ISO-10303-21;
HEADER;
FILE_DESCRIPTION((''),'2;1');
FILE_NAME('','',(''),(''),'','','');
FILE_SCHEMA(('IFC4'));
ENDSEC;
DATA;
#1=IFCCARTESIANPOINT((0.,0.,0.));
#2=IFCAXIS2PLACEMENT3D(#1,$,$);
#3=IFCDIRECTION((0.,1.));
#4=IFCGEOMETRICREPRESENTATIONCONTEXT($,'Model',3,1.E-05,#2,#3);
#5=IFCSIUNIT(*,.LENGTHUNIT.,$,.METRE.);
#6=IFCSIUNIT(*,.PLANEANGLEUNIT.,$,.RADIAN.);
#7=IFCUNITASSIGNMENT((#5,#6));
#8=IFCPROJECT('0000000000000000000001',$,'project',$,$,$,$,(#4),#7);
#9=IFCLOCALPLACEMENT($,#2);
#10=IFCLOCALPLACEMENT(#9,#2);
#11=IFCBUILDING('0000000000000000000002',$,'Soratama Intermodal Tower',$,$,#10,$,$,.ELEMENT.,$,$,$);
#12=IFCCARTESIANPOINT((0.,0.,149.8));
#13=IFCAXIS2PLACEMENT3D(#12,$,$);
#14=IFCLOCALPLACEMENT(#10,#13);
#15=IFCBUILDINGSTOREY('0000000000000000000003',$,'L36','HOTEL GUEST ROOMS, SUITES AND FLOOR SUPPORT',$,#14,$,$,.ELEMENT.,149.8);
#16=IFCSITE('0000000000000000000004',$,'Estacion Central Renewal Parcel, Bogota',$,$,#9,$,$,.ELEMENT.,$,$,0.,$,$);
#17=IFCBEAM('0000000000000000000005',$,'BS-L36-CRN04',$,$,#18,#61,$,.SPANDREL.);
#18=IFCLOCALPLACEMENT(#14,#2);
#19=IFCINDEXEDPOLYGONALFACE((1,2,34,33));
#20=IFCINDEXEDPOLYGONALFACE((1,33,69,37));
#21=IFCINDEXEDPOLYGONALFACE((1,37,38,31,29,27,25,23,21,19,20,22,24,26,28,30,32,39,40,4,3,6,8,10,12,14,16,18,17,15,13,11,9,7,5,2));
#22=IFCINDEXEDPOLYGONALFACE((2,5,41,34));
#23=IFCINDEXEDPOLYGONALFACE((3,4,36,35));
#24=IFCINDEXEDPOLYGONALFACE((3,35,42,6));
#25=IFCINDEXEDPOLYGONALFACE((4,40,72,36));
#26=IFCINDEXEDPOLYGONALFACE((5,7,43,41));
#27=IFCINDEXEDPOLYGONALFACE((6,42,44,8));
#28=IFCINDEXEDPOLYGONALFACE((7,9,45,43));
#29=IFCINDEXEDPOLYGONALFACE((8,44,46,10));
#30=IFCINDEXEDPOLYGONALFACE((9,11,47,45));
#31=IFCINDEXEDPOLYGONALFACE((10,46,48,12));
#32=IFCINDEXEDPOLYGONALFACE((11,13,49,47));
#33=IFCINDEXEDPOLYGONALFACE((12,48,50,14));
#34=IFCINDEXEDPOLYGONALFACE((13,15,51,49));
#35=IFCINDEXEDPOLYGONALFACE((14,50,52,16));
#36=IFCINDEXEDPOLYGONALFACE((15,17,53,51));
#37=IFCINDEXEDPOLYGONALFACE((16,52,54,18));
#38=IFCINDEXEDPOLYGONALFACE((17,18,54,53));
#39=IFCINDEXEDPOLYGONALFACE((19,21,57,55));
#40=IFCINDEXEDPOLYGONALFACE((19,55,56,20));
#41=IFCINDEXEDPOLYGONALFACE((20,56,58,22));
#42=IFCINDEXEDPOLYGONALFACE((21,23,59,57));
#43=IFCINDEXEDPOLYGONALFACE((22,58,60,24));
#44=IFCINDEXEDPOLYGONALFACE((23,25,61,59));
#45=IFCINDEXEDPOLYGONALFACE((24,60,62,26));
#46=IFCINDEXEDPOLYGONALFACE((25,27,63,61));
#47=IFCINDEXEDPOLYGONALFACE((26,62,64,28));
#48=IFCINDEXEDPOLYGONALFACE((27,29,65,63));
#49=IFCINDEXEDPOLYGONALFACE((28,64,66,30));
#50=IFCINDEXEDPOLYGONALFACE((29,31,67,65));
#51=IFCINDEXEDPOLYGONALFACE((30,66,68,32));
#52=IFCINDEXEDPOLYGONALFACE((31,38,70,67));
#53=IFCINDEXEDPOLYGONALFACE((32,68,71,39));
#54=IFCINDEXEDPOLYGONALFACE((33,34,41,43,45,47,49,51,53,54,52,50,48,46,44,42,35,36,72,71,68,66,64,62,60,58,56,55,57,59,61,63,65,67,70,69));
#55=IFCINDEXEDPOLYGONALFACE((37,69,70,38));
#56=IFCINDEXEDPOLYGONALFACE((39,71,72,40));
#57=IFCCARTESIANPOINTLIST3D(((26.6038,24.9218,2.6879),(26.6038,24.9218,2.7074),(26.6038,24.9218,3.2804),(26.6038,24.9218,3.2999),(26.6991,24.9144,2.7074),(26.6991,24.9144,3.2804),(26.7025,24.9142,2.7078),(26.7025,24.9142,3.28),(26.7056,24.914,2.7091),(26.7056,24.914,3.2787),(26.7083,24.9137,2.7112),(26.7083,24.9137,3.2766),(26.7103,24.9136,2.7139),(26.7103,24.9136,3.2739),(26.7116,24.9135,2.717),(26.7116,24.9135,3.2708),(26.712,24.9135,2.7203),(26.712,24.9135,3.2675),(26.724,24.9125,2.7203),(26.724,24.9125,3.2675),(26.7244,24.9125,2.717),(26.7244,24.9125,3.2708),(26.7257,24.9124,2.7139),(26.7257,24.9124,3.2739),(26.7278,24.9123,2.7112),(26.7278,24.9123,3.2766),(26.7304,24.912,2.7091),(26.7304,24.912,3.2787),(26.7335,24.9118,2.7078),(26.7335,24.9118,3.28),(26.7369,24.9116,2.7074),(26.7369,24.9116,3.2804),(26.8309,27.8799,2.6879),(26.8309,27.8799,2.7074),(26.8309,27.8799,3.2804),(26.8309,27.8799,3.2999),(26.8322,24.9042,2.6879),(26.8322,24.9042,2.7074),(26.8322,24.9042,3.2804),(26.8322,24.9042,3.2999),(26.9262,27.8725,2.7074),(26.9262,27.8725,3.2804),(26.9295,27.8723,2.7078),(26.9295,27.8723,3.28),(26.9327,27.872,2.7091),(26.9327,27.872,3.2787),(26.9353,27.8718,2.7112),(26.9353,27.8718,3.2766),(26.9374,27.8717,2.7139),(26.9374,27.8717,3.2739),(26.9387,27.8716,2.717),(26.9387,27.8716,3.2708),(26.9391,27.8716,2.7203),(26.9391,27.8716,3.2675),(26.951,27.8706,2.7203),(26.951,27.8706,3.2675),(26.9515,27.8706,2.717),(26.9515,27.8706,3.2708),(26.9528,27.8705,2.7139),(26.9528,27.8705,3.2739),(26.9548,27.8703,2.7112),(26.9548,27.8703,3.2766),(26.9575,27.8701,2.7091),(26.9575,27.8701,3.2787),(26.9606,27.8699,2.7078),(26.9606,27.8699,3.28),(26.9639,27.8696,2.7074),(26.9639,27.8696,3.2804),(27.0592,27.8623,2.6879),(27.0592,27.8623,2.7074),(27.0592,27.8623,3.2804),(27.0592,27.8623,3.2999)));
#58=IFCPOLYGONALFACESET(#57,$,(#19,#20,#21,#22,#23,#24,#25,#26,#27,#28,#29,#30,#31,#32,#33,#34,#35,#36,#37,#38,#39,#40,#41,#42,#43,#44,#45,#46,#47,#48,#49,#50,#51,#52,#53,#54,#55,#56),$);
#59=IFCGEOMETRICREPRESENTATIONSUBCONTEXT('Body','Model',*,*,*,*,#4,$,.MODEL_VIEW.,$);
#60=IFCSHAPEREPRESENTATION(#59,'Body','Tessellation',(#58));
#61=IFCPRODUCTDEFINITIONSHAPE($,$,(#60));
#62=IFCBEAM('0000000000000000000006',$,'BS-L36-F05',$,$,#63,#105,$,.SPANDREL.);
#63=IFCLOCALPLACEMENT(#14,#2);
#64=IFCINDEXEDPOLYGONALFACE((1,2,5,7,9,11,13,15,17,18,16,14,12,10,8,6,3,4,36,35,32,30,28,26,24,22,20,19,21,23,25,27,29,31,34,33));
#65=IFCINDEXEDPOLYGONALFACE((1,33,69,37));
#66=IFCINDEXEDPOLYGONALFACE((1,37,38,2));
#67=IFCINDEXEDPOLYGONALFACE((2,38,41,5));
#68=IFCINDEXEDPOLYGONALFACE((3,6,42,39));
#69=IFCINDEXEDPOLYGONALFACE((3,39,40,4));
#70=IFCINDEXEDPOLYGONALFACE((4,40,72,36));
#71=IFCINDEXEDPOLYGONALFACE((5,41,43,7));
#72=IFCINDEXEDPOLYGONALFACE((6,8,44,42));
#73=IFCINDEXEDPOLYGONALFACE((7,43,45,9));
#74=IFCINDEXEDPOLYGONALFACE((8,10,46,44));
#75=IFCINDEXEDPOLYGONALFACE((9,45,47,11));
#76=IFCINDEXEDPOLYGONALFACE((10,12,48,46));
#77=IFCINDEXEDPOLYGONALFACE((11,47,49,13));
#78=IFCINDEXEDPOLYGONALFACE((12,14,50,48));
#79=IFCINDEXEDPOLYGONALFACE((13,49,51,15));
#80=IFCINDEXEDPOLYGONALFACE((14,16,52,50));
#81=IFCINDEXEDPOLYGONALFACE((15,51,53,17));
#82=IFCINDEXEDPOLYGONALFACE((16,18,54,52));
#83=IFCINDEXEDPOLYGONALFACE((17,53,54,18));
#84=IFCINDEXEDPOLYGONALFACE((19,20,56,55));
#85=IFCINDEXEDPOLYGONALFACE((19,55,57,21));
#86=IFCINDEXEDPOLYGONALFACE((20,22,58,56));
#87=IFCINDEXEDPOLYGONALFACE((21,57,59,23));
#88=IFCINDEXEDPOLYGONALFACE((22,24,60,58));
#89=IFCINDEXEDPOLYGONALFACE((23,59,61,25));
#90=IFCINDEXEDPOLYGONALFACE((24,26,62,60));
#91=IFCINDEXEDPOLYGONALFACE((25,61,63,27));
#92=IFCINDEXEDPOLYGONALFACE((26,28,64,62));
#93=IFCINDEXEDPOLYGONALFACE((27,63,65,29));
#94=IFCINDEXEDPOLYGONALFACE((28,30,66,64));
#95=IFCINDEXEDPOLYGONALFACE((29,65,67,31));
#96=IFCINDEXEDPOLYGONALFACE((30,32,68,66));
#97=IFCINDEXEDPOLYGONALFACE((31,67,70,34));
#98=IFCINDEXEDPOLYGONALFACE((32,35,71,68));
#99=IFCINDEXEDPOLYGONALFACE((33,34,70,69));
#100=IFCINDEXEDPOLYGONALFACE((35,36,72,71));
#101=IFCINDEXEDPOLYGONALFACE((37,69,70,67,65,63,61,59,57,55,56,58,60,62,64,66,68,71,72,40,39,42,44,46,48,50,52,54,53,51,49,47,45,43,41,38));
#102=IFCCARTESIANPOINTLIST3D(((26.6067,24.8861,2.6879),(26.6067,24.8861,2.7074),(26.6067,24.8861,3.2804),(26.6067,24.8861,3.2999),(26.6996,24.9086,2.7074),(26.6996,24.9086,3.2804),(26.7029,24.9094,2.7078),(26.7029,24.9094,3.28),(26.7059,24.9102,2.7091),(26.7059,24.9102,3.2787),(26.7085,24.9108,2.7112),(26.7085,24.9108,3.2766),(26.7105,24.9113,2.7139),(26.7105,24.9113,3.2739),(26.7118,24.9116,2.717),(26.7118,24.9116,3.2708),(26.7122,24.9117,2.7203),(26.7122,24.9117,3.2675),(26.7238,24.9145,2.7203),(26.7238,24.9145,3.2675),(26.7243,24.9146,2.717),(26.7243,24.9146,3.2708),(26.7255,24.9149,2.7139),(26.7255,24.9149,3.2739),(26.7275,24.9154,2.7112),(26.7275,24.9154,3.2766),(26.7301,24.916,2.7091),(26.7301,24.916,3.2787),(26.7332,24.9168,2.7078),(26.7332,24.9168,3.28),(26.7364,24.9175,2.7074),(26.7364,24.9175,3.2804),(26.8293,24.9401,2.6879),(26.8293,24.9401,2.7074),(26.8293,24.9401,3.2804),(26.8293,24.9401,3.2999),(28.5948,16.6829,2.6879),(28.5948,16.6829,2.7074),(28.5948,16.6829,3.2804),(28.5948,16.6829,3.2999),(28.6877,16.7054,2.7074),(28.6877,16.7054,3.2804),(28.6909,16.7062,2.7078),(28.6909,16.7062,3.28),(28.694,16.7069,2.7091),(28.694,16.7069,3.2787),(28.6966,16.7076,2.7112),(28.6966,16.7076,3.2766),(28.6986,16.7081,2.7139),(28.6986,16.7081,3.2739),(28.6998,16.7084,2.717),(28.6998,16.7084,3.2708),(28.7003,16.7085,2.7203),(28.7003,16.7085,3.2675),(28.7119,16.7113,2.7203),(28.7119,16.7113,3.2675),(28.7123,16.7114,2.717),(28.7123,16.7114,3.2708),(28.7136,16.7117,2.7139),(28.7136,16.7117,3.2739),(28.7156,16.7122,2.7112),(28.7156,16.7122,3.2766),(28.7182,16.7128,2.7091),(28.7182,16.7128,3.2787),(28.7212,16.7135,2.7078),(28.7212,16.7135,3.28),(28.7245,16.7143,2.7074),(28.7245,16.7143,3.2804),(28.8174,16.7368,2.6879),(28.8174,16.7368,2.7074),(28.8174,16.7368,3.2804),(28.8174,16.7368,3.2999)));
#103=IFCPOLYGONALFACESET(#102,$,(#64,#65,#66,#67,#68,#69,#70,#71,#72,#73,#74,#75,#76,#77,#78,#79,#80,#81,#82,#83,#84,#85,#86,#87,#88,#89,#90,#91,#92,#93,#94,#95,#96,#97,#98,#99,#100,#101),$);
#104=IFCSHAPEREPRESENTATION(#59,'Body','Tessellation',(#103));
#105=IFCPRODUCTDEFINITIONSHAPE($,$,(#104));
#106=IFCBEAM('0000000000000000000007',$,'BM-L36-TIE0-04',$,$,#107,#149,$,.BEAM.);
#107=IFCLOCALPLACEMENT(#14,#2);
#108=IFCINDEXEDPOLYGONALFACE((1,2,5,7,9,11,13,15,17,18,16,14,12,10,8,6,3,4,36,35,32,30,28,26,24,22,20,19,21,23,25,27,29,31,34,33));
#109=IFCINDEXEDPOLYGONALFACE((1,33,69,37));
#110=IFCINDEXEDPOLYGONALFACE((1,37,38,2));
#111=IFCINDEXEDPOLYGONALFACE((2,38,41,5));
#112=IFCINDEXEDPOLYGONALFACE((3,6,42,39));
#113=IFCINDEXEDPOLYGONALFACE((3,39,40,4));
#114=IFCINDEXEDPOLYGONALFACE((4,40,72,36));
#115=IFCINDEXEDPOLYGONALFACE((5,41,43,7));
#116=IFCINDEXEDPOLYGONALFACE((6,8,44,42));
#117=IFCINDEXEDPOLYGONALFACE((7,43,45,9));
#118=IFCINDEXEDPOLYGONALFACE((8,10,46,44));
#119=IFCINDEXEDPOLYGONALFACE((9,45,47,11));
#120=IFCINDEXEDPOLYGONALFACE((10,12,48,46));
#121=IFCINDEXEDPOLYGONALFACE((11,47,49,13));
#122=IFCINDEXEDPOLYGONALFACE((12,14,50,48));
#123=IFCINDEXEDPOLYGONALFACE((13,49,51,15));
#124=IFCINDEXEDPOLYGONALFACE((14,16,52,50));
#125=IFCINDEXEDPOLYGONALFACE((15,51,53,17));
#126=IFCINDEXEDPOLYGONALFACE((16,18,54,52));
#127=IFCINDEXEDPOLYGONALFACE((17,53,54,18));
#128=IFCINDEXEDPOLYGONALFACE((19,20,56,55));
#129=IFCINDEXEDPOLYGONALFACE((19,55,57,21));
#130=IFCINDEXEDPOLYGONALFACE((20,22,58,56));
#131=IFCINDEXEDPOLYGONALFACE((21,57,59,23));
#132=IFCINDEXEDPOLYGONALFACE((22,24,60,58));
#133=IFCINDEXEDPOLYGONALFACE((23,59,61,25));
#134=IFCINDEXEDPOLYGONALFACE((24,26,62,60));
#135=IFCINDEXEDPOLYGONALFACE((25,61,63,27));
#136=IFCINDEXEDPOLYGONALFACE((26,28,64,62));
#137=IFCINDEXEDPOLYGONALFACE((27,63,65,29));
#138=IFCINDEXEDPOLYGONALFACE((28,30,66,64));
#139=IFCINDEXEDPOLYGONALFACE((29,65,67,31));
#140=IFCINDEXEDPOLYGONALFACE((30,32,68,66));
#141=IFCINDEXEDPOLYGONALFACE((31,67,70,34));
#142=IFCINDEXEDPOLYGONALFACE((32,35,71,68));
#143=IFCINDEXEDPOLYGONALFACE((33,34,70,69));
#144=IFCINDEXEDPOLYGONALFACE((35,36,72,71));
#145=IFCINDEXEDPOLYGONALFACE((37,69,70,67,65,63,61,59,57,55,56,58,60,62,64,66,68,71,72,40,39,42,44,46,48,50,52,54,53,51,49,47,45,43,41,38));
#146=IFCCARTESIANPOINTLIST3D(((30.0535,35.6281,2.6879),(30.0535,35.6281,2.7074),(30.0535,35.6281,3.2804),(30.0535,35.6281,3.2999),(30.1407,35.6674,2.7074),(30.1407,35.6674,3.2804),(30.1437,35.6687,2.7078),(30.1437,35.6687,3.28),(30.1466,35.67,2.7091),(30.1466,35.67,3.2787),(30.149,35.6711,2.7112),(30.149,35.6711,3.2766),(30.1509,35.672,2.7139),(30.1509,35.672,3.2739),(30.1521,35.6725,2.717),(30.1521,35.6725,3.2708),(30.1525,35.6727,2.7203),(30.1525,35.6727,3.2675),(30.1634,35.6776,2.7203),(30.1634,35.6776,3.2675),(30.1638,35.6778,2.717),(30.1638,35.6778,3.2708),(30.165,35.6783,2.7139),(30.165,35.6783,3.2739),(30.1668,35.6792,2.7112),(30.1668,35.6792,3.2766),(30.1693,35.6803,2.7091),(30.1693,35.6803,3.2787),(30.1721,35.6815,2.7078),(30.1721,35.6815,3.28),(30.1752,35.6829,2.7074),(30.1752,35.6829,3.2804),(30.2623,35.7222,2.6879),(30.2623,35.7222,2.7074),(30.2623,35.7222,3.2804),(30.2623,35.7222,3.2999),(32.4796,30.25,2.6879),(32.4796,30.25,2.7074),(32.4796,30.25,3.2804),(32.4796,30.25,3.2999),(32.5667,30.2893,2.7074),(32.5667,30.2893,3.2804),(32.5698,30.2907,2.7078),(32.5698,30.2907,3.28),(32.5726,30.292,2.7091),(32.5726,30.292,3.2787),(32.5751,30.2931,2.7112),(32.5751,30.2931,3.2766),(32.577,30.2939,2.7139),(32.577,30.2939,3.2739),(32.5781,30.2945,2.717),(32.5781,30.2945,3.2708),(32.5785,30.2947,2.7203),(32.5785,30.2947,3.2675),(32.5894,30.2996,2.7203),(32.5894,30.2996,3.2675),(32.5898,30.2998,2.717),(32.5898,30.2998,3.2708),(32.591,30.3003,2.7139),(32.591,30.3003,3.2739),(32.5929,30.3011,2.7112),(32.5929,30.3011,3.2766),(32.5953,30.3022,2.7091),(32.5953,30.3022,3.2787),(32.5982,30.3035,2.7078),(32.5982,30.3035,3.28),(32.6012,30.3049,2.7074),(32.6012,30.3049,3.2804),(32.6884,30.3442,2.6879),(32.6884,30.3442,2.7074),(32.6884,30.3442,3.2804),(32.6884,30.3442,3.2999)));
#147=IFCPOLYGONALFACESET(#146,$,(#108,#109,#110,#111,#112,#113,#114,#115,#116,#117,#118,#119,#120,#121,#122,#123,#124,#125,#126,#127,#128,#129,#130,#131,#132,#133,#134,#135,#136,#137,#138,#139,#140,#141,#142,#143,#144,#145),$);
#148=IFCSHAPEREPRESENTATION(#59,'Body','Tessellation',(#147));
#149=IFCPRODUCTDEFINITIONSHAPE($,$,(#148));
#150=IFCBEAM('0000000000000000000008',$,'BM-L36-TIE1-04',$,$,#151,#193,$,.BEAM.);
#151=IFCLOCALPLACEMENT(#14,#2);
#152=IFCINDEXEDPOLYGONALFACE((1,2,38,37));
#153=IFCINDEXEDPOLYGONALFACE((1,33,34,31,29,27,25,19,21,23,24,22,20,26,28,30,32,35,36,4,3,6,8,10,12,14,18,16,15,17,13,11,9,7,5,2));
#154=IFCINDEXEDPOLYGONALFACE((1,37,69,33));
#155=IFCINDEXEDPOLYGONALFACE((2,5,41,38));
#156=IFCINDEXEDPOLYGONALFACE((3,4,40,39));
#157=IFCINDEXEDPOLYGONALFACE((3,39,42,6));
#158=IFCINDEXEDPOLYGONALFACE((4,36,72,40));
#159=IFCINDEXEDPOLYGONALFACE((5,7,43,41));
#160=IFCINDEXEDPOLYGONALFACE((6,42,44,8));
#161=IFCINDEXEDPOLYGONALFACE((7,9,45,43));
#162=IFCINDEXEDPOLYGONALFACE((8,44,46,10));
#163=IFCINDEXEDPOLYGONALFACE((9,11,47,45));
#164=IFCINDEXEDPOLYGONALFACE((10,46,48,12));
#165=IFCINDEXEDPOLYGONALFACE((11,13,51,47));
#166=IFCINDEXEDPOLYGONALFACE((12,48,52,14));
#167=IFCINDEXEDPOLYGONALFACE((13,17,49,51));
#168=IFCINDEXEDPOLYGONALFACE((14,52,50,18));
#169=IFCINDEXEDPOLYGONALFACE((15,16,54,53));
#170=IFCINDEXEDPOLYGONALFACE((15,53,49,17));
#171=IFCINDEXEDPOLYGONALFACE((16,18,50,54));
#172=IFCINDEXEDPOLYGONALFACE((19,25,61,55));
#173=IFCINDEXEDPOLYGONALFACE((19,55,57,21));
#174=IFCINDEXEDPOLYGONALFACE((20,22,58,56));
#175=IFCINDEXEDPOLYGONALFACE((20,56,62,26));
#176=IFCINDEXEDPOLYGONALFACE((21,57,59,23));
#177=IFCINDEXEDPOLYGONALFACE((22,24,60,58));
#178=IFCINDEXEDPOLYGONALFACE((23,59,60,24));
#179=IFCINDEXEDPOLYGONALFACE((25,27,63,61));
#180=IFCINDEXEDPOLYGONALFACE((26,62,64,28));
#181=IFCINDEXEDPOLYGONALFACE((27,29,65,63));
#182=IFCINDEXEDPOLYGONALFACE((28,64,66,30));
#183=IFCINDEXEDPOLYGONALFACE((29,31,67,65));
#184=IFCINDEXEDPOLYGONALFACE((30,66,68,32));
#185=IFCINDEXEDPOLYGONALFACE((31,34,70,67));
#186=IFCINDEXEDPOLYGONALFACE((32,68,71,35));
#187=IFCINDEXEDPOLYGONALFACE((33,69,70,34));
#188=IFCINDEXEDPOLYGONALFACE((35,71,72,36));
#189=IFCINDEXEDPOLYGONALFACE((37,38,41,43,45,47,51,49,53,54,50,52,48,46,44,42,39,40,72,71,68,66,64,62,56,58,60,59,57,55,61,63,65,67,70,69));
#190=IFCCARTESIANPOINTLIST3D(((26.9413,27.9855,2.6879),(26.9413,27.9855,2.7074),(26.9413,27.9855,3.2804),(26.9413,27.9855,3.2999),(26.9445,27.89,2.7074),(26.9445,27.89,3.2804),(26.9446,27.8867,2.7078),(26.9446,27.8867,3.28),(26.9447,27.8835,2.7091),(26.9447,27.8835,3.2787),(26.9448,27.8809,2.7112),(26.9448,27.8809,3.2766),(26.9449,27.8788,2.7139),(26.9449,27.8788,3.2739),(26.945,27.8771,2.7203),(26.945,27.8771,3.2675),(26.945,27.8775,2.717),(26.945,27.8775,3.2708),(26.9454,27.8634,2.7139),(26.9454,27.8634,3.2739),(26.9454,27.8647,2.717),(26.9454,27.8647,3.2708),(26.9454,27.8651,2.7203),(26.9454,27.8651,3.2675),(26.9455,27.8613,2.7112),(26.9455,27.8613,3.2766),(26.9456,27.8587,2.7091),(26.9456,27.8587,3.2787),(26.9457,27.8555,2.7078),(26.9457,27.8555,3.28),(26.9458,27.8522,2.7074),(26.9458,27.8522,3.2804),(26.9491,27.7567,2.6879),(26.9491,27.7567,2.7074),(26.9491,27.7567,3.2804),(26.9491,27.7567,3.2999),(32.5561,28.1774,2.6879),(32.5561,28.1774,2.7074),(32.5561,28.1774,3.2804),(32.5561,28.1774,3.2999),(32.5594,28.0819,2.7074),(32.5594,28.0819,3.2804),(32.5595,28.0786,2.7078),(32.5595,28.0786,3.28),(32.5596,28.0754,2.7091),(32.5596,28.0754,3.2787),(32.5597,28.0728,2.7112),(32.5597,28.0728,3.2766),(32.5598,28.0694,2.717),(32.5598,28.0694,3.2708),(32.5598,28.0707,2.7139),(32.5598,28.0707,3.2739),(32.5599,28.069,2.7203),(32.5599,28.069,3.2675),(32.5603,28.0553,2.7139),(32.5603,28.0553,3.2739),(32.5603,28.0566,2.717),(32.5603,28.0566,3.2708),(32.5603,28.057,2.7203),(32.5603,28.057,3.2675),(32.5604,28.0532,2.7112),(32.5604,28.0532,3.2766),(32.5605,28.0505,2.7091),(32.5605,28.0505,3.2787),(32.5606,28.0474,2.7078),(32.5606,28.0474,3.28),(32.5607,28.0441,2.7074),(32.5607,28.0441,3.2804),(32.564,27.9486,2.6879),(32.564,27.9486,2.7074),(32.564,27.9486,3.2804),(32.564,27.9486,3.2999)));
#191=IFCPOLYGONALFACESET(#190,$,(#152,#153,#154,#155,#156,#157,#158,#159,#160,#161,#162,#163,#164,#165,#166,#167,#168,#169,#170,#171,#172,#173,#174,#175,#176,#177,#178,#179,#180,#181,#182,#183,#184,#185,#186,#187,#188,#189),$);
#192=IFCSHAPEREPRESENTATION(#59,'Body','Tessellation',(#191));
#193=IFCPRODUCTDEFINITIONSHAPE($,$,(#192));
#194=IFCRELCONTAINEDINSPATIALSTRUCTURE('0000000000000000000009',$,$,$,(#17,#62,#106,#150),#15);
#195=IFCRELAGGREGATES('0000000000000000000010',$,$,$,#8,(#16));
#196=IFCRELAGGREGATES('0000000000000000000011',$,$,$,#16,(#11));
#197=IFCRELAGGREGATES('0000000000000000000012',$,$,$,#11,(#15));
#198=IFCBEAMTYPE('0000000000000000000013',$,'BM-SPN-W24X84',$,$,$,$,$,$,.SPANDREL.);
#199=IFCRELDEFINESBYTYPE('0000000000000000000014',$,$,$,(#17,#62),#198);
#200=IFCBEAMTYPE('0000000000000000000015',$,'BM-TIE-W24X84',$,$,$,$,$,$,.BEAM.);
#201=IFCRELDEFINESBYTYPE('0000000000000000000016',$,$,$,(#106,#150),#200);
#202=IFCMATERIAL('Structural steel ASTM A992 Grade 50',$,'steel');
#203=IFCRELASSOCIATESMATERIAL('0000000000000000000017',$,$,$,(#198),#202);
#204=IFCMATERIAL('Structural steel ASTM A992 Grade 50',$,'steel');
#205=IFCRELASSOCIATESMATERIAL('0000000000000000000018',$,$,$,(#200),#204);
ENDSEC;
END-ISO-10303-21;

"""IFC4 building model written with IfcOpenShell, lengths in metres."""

from ifc_helpers import new_model, si_unit, direction, frame, origin, origin_2d, place, context, subcontext, project, spatial, i_section, extrude, material, material_profile, profile_set, type_object, element, save


model = new_model("IFC4")

# Units and contexts
model_context = context("Model", 3, precision=1e-05, world=origin(), true_north=direction((0.0, 1.0)))
body_context = subcontext(model_context, "Body", "Model", "MODEL_VIEW")
ifc_project = project(units=[si_unit("LENGTHUNIT", "METRE"), si_unit("PLANEANGLEUNIT", "RADIAN")], contexts=[model_context])

# Site, building, storey
site_placement = place(None, origin())
site = spatial("IfcSite", under=ifc_project, at=site_placement, Name="Estacion Central Renewal Parcel, Bogota", CompositionType="ELEMENT", RefElevation=0.0)
building_placement = place(site_placement, origin())
building = spatial("IfcBuilding", under=site, at=building_placement, Name="Soratama Intermodal Tower", CompositionType="ELEMENT")
storey_placement = place(building_placement, frame((0.0, 0.0, 149.8)))
storey = spatial("IfcBuildingStorey", under=building, at=storey_placement, Name="L36", Description="HOTEL GUEST ROOMS, SUITES AND FLOOR SUPPORT", CompositionType="ELEMENT", Elevation=149.8)

# Beams
ifc_material_1 = material(Name="Structural steel ASTM A992 Grade 50", Category="steel")
ifc_material_profile_1 = material_profile(ifc_material_1, i_section(OverallWidth=0.229, OverallDepth=0.6121, WebThickness=0.012, FlangeThickness=0.0195, FilletRadius=0.0129, at=origin_2d()), Name="W24X84")
ifc_profile_set_1 = profile_set([ifc_material_profile_1], Name="Structural steel ASTM A992 Grade 50")
beam_type_1 = type_object("IfcBeamType", Name="BM-SPN-W24X84", PredefinedType="SPANDREL", material=ifc_profile_set_1)
beam_1_placement = place(storey_placement, frame((26.9451, 27.8711, 2.9939), z_axis=(-0.076533, -0.997067, 0.0), x_axis=(0.997067, -0.076533, 0.0)))
element("IfcBeam", 1, at=beam_1_placement, inside=storey, type_object=beam_type_1, Name="BS-L36-CRN04", PredefinedType="SPANDREL", context=body_context, shape_type="SweptSolid", body=[
    extrude(i_section(OverallWidth=0.229, OverallDepth=0.6121, WebThickness=0.012, FlangeThickness=0.0195, FilletRadius=0.0129, at=origin_2d()), origin(), (0.0, 0.0, 1.0), 2.9668),
])
beam_2_placement = place(storey_placement, frame((26.718, 24.9131, 2.9939), z_axis=(0.235533, -0.971866, 0.0), x_axis=(0.971866, 0.235533, 0.0)))
element("IfcBeam", 2, at=beam_2_placement, inside=storey, type_object=beam_type_1, Name="BS-L36-F05", PredefinedType="SPANDREL", context=body_context, shape_type="SweptSolid", body=[
    extrude(i_section(OverallWidth=0.229, OverallDepth=0.6121, WebThickness=0.012, FlangeThickness=0.0195, FilletRadius=0.0129, at=origin_2d()), origin(), (0.0, 0.0, 1.0), 8.4407),
])
ifc_material_2 = material(Name="Structural steel ASTM A992 Grade 50", Category="steel")
ifc_material_profile_2 = material_profile(ifc_material_2, i_section(OverallWidth=0.229, OverallDepth=0.6121, WebThickness=0.012, FlangeThickness=0.0195, FilletRadius=0.0129, at=origin_2d()), Name="W24X84")
ifc_profile_set_2 = profile_set([ifc_material_profile_2], Name="Structural steel ASTM A992 Grade 50")
beam_type_2 = type_object("IfcBeamType", Name="BM-TIE-W24X84", PredefinedType="BEAM", material=ifc_profile_set_2)
beam_3_placement = place(storey_placement, frame((32.584, 30.2971, 2.9939), z_axis=(-0.411204, 0.911543, 0.0), x_axis=(-0.911543, -0.411204, 0.0)))
element("IfcBeam", 3, at=beam_3_placement, inside=storey, type_object=beam_type_2, Name="BM-L36-TIE0-04", PredefinedType="BEAM", context=body_context, shape_type="SweptSolid", body=[
    extrude(i_section(OverallWidth=0.229, OverallDepth=0.6121, WebThickness=0.012, FlangeThickness=0.0195, FilletRadius=0.0129, at=origin_2d()), origin(), (0.0, 0.0, 1.0), 5.8999),
])
beam_4_placement = place(storey_placement, frame((32.5601, 28.063, 2.9939), z_axis=(-0.999417, -0.034155, 0.0), x_axis=(0.034155, -0.999417, 0.0)))
element("IfcBeam", 4, at=beam_4_placement, inside=storey, type_object=beam_type_2, Name="BM-L36-TIE1-04", PredefinedType="BEAM", context=body_context, shape_type="SweptSolid", body=[
    extrude(i_section(OverallWidth=0.229, OverallDepth=0.6121, WebThickness=0.012, FlangeThickness=0.0195, FilletRadius=0.0129, at=origin_2d()), origin(), (0.0, 0.0, 1.0), 5.6182),
])

save(model, "model.ifc")
